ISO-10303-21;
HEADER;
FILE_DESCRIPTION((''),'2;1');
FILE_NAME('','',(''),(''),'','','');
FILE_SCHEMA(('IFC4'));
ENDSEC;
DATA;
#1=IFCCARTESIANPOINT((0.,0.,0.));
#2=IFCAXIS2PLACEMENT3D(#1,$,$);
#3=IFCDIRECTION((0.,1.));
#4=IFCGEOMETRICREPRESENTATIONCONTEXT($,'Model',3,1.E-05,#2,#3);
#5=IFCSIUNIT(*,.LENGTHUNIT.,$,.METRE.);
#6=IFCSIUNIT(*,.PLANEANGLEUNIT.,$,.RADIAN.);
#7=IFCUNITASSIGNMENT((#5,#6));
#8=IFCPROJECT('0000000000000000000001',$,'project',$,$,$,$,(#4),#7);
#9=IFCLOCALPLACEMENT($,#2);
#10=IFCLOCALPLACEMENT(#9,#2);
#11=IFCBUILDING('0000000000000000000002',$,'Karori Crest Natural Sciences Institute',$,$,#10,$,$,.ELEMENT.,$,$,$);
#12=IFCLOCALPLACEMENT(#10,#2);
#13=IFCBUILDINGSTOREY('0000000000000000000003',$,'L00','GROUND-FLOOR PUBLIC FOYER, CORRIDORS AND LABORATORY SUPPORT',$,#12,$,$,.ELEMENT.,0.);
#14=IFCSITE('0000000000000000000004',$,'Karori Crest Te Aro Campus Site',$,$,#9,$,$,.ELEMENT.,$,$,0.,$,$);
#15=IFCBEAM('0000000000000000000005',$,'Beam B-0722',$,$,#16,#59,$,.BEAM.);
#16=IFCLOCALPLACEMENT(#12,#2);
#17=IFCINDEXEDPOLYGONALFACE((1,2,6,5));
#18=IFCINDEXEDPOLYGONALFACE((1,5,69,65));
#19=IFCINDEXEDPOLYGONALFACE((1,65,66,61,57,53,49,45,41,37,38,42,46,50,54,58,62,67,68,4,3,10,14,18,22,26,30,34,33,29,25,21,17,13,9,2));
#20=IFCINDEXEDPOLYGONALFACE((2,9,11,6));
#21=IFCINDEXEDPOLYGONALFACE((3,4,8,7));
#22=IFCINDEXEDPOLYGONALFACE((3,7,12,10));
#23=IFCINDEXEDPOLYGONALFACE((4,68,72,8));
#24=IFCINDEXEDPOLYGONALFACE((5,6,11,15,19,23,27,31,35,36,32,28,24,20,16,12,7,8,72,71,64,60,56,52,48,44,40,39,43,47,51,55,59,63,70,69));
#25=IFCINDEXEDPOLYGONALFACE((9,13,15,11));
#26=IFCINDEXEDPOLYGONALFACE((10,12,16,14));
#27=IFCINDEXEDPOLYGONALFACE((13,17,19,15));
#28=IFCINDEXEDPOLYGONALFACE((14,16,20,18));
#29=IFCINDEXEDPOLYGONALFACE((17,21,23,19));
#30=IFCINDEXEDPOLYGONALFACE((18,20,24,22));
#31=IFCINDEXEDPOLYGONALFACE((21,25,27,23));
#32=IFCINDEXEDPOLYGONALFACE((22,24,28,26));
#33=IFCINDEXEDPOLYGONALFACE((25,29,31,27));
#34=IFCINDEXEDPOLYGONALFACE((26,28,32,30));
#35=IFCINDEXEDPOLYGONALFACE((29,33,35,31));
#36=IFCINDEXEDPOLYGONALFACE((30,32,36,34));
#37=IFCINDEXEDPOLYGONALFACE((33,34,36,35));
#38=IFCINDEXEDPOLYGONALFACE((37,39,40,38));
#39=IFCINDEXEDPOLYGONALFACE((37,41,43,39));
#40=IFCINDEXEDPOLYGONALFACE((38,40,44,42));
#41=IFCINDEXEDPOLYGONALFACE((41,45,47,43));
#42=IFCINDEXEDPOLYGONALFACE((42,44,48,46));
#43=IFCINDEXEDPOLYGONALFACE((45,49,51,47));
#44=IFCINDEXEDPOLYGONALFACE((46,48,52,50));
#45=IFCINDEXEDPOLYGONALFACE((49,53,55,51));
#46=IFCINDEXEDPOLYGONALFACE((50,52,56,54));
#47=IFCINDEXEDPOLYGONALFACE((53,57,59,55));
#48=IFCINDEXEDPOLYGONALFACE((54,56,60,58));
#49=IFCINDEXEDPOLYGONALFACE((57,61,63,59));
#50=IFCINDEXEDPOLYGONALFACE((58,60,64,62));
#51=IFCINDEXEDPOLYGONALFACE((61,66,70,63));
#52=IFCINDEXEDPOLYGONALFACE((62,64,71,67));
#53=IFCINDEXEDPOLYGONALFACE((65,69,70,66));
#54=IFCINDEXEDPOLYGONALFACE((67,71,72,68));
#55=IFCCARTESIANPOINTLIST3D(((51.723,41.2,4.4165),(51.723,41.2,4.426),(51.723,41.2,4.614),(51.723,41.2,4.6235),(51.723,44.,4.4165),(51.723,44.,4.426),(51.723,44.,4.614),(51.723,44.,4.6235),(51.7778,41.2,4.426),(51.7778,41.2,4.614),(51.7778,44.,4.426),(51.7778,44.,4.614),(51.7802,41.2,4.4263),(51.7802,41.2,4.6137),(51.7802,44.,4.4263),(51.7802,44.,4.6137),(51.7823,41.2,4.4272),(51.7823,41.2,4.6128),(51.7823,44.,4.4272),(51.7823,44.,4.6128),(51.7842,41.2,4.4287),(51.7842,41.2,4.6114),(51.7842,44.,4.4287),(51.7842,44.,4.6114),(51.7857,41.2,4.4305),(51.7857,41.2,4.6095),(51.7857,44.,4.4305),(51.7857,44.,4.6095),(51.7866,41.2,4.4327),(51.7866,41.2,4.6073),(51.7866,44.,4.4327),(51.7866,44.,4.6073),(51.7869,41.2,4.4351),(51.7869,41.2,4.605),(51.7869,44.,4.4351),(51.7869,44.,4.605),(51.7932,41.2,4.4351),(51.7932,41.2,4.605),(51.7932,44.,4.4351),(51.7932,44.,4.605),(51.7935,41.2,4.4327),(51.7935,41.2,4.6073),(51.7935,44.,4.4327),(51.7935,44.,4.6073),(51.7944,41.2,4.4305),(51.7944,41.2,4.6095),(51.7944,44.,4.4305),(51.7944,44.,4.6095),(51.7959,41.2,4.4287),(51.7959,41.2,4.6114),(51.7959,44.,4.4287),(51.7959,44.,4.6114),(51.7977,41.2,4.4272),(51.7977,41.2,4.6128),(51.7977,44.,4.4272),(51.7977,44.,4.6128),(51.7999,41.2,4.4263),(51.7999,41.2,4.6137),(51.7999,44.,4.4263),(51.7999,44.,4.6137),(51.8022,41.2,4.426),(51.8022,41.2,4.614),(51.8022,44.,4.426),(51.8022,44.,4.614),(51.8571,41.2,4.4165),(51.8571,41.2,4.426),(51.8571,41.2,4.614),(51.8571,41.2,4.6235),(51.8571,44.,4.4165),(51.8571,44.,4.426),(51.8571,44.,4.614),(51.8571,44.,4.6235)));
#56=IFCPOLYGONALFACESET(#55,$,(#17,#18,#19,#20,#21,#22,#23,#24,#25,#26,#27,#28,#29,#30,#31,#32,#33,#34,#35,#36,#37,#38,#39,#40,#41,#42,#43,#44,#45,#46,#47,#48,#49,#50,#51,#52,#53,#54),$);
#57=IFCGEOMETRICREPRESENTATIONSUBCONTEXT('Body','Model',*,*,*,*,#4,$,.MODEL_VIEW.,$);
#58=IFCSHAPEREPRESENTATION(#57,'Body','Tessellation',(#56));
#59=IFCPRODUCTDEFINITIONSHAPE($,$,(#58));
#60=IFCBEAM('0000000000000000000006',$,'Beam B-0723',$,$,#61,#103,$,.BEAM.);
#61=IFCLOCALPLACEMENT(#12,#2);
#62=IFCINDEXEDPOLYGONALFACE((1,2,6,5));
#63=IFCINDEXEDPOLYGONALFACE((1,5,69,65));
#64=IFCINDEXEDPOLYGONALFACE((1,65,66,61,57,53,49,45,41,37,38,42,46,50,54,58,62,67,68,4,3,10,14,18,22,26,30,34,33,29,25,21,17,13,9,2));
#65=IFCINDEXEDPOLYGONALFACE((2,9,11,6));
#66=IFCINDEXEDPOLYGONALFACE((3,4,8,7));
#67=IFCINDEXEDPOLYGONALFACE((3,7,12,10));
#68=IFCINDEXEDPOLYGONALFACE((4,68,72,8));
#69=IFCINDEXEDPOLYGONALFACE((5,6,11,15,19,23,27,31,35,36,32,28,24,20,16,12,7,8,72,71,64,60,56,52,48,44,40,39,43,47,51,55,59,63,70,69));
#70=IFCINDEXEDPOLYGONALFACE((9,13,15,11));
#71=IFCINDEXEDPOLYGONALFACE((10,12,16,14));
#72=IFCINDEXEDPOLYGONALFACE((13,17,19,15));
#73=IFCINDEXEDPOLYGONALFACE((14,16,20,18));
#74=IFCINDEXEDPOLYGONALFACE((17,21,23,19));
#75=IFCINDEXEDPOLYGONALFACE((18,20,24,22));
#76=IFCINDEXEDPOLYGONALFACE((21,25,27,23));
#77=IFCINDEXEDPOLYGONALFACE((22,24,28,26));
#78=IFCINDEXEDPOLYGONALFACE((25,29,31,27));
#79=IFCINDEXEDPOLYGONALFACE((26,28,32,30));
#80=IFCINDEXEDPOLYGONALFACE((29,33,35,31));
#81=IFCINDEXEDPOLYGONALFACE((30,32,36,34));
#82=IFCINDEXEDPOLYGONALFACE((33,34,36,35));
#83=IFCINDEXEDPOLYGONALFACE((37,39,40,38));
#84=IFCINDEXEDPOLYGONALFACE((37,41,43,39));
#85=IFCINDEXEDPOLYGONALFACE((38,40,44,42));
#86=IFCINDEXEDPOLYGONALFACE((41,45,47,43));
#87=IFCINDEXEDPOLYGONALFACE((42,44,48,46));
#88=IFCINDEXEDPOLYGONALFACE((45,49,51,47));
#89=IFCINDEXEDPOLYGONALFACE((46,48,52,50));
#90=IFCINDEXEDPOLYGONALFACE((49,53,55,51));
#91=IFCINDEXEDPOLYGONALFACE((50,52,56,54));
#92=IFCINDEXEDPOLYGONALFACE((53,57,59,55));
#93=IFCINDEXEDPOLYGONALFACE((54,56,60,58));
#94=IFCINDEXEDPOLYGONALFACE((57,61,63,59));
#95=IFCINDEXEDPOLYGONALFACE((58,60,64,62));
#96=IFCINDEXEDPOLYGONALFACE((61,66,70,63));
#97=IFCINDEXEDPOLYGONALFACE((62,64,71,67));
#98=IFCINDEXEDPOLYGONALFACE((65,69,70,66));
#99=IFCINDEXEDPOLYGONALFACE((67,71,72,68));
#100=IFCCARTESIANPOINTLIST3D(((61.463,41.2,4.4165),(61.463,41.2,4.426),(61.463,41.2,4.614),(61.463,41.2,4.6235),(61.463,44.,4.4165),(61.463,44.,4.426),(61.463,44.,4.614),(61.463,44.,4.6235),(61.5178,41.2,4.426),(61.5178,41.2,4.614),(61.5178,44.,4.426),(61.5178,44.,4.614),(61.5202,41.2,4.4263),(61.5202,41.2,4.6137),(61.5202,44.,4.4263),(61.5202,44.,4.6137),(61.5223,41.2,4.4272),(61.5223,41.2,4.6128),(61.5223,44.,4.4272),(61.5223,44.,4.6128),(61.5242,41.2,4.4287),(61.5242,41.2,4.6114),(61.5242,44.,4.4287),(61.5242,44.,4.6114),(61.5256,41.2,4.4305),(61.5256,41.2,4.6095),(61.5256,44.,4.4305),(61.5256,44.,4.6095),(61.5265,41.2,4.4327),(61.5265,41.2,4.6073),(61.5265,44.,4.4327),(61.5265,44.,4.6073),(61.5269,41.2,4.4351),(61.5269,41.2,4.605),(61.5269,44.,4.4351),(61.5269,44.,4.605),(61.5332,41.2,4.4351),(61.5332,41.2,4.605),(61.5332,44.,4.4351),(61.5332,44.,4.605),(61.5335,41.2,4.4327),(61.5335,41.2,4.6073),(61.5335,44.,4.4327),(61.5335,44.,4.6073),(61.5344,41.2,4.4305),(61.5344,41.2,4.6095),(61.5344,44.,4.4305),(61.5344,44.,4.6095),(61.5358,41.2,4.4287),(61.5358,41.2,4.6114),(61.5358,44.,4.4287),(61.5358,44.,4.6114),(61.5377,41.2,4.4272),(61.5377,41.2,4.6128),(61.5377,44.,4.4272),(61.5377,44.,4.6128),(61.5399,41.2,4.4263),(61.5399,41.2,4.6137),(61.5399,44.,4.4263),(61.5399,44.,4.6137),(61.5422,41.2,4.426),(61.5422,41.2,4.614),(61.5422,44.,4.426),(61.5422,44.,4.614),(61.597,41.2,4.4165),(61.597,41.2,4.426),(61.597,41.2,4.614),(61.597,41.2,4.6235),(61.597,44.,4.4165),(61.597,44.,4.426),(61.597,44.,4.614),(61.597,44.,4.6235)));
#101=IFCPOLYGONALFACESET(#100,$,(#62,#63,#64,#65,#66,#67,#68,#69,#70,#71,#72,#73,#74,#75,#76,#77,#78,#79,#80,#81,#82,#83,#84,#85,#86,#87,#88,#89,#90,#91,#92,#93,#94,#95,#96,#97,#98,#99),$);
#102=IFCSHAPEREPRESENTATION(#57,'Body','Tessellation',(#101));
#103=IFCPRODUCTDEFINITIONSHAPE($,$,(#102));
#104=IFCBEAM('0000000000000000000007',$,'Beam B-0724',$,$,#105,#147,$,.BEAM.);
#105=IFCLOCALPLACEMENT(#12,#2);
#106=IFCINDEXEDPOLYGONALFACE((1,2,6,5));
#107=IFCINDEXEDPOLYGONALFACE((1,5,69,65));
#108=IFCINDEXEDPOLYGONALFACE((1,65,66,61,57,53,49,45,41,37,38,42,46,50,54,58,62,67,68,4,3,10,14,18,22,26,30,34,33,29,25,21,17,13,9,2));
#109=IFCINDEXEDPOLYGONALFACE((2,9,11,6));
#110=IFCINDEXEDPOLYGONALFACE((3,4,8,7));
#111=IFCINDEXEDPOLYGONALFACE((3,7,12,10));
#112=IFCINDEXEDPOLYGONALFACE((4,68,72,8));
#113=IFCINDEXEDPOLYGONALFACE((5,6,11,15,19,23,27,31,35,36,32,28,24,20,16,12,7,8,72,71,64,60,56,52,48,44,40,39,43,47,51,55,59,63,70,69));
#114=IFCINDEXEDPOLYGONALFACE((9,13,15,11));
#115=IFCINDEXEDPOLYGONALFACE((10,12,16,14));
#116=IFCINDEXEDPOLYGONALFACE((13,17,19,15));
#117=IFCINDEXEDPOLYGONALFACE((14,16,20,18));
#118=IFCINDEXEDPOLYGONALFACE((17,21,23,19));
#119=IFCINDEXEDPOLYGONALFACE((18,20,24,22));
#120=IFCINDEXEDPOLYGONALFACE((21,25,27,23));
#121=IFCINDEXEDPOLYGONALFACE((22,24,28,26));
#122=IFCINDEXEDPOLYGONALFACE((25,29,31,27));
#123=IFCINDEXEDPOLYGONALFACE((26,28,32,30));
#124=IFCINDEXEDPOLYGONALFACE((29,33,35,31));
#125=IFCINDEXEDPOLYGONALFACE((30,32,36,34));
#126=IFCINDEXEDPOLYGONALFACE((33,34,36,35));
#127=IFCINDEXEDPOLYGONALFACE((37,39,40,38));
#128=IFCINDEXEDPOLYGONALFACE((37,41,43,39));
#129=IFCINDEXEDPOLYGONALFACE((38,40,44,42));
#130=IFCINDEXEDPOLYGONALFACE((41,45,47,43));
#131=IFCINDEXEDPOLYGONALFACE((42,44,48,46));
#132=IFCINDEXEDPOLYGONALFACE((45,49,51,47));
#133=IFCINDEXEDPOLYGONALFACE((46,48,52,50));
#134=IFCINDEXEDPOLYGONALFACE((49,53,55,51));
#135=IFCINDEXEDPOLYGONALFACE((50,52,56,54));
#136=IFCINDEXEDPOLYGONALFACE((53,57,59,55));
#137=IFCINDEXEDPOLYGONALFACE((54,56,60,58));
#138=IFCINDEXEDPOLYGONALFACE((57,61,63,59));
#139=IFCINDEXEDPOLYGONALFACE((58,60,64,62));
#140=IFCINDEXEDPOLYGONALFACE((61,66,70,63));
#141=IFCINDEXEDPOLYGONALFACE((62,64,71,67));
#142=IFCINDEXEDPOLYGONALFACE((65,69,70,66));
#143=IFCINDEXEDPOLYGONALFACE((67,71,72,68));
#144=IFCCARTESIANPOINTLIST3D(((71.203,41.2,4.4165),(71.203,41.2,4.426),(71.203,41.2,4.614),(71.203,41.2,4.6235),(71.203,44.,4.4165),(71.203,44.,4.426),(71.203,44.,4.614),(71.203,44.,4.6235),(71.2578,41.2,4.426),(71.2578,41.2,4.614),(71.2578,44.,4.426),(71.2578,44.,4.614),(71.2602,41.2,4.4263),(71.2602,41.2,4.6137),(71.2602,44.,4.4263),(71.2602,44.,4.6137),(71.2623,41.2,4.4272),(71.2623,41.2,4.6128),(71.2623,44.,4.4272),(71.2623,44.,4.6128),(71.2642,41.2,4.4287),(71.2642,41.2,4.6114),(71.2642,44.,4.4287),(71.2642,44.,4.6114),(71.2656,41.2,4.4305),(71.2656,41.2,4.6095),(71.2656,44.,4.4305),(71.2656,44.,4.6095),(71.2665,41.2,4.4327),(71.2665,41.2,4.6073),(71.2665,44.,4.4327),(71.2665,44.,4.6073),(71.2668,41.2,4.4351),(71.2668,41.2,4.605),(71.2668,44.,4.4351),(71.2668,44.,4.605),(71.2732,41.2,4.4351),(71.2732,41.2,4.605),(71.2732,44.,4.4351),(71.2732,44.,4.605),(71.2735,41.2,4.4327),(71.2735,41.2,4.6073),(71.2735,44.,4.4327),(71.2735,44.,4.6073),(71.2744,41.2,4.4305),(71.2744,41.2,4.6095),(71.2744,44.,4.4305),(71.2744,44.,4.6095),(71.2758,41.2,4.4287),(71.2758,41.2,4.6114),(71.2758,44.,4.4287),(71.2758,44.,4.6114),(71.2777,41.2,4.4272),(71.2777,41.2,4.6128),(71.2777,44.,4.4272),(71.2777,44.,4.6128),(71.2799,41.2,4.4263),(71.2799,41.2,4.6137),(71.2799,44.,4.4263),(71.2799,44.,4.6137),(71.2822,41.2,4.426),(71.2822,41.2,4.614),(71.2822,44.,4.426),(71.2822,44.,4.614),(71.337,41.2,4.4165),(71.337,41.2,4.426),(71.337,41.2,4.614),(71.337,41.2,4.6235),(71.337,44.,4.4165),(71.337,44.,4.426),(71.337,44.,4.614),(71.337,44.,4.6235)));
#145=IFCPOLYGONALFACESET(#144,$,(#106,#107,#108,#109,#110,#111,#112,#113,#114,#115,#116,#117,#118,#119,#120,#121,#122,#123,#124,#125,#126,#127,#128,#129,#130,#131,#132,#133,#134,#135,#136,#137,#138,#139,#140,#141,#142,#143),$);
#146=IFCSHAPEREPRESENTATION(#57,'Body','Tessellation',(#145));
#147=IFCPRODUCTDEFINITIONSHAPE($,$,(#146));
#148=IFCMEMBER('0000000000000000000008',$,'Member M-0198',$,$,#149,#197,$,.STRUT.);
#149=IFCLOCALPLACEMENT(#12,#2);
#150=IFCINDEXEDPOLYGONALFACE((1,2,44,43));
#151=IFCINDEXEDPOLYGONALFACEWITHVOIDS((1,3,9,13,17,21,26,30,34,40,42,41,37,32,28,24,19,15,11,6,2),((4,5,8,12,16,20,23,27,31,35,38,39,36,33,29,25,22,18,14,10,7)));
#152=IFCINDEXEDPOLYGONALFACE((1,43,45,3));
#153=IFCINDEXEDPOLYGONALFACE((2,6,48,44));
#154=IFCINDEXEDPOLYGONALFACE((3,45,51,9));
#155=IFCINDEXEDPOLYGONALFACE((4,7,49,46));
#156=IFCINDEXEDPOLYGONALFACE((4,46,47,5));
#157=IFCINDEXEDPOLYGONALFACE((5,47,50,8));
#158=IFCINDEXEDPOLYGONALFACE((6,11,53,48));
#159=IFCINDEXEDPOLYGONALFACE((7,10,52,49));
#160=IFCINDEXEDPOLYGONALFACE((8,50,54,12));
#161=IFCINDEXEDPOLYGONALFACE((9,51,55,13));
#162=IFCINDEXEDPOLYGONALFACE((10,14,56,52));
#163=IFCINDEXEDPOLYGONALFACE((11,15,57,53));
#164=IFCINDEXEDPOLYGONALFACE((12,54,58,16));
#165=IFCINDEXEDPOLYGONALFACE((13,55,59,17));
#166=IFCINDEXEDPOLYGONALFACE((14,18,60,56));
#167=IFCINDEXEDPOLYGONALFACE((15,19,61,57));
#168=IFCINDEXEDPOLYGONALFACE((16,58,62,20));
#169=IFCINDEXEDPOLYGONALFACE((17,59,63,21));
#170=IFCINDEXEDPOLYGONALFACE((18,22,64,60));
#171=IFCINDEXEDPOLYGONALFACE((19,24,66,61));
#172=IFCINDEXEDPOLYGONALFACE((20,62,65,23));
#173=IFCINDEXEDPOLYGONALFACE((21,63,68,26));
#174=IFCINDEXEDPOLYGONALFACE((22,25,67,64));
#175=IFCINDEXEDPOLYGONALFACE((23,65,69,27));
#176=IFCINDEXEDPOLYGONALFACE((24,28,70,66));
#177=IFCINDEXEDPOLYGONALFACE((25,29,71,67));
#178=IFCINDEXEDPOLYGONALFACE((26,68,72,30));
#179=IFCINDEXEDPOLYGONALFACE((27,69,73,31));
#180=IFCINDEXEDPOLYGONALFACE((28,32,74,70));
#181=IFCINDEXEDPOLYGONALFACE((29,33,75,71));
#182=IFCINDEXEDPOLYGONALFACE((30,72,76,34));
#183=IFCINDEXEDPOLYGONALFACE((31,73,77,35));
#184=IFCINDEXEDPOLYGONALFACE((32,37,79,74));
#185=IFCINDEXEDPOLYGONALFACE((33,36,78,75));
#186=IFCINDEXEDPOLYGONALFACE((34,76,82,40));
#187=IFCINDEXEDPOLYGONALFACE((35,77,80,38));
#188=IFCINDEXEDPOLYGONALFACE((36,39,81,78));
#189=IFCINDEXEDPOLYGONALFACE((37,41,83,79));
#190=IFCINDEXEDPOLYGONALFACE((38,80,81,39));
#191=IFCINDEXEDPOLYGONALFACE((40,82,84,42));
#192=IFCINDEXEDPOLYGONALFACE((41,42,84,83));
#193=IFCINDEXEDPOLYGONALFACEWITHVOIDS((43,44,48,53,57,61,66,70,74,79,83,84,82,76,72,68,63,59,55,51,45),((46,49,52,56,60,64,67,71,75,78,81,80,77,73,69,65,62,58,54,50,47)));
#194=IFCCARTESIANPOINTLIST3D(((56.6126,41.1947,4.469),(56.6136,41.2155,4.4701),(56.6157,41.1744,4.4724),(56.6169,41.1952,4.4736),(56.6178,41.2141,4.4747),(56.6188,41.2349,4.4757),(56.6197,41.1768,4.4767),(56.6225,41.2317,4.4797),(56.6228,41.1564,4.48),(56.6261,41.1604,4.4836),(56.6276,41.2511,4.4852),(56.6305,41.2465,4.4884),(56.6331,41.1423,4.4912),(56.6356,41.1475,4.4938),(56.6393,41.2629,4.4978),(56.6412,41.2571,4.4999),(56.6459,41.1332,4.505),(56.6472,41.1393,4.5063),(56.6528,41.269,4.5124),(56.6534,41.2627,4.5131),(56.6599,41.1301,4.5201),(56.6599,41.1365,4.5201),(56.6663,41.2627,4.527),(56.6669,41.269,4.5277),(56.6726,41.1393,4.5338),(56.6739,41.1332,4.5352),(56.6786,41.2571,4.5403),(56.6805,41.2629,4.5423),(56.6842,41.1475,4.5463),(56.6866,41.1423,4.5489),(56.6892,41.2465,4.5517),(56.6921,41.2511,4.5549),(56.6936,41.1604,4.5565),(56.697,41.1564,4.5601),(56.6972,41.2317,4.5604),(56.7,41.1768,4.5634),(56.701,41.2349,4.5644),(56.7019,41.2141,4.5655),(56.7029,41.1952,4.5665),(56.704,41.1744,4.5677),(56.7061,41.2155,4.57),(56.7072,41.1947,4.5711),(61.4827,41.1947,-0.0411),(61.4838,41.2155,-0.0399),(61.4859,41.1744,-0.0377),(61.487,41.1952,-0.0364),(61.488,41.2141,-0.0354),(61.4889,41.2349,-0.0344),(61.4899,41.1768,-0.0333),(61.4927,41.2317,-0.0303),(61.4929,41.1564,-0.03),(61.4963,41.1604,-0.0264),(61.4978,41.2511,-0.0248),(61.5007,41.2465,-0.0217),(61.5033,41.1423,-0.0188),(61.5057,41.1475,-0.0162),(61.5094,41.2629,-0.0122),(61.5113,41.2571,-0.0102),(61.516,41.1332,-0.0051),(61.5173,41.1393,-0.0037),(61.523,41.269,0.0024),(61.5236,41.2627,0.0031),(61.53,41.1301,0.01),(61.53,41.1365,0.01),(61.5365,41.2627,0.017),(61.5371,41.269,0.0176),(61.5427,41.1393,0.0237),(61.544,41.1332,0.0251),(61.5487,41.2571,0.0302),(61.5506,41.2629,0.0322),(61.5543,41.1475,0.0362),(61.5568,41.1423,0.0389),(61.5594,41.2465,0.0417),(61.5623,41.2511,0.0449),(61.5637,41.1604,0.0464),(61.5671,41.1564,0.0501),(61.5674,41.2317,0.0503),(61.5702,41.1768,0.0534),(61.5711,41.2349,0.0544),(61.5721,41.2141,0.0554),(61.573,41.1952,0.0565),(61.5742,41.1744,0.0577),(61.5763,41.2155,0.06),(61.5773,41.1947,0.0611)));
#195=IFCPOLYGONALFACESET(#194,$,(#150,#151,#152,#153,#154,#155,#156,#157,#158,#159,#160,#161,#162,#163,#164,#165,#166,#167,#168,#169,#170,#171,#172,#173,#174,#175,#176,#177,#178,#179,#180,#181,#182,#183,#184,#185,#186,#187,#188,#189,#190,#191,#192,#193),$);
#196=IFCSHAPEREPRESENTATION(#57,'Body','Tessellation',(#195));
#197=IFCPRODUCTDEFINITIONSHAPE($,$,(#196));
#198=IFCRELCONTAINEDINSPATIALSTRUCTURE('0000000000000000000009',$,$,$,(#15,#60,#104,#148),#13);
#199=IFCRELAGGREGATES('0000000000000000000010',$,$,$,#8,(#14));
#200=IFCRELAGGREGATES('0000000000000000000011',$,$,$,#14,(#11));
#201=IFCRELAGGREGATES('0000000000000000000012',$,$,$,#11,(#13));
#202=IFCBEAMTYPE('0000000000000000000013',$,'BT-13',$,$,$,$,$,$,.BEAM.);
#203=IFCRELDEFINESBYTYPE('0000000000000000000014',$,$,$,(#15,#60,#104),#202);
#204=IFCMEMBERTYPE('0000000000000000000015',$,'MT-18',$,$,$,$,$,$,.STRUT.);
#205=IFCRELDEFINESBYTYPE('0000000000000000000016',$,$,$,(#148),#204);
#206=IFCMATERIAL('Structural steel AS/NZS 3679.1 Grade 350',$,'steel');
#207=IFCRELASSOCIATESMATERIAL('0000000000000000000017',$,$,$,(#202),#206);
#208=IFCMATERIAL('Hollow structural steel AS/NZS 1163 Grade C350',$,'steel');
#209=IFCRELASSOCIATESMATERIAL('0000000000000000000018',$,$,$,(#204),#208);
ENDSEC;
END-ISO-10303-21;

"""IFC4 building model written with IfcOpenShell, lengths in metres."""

from ifc_helpers import new_model, si_unit, direction, frame, origin, origin_2d, place, context, subcontext, project, spatial, hollow_circle, i_section, extrude, material, material_profile, profile_set, type_object, element, save


model = new_model("IFC4")

# Units and contexts
model_context = context("Model", 3, precision=1e-05, world=origin(), true_north=direction((0.0, 1.0)))
body_context = subcontext(model_context, "Body", "Model", "MODEL_VIEW")
ifc_project = project(units=[si_unit("LENGTHUNIT", "METRE"), si_unit("PLANEANGLEUNIT", "RADIAN")], contexts=[model_context])

# Site, building, storey
site_placement = place(None, origin())
site = spatial("IfcSite", under=ifc_project, at=site_placement, Name="Karori Crest Te Aro Campus Site", CompositionType="ELEMENT", RefElevation=0.0)
building_placement = place(site_placement, origin())
building = spatial("IfcBuilding", under=site, at=building_placement, Name="Karori Crest Natural Sciences Institute", CompositionType="ELEMENT")
storey_placement = place(building_placement, origin())
storey = spatial("IfcBuildingStorey", under=building, at=storey_placement, Name="L00", Description="GROUND-FLOOR PUBLIC FOYER, CORRIDORS AND LABORATORY SUPPORT", CompositionType="ELEMENT", Elevation=0.0)

# Shared definitions
ifc_material_1 = material(Name="Hollow structural steel AS/NZS 1163 Grade C350", Category="steel")

# Beams
ifc_material_2 = material(Name="Structural steel AS/NZS 3679.1 Grade 350", Category="steel")
ifc_material_profile_1 = material_profile(ifc_material_2, i_section(OverallWidth=0.134, OverallDepth=0.207, WebThickness=0.0063, FlangeThickness=0.0095, FilletRadius=0.009, at=origin_2d()), Name="200UB29.8")
ifc_profile_set_1 = profile_set([ifc_material_profile_1], Name="Structural steel AS/NZS 3679.1 Grade 350")
beam_type_1 = type_object("IfcBeamType", Name="BT-13", PredefinedType="BEAM", material=ifc_profile_set_1)
for number, where, z_axis, x_axis, name in (
    (1, (51.79, 41.2, 4.52), (0.0, 1.0, 0.0), (-1.0, 0.0, 0.0), "Beam B-0722"),
    (2, (61.53, 41.2, 4.52), (0.0, 1.0, 0.0), (-1.0, 0.0, 0.0), "Beam B-0723"),
    (3, (71.27, 41.2, 4.52), (0.0, 1.0, 0.0), (-1.0, 0.0, 0.0), "Beam B-0724"),
):
    element("IfcBeam", number, at=place(storey_placement, frame(where, z_axis=z_axis, x_axis=x_axis)), inside=storey, type_object=beam_type_1, Name=name, PredefinedType="BEAM", context=body_context, shape_type="SweptSolid", body=[
        extrude(i_section(OverallWidth=0.134, OverallDepth=0.207, WebThickness=0.0063, FlangeThickness=0.0095, FilletRadius=0.009, at=origin_2d()), origin(), (0.0, 0.0, 1.0), 2.8),
    ])

# Member
ifc_material_profile_2 = material_profile(ifc_material_1, hollow_circle(Radius=0.0698, WallThickness=0.0063, at=origin_2d()), Name="CHS139.7x6.4")
ifc_profile_set_2 = profile_set([ifc_material_profile_2], Name="Hollow structural steel AS/NZS 1163 Grade C350")
member_type = type_object("IfcMemberType", Name="MT-18", PredefinedType="STRUT", material=ifc_profile_set_2)
member_1_placement = place(storey_placement, frame((61.53, 41.2, 0.01), z_axis=(-0.733712, 0.0, 0.67946), x_axis=(0.0, -1.0, 0.0)))
element("IfcMember", 4, at=member_1_placement, inside=storey, type_object=member_type, Name="Member M-0198", PredefinedType="STRUT", context=body_context, shape_type="SweptSolid", body=[
    extrude(hollow_circle(Radius=0.0698, WallThickness=0.0063, at=origin_2d()), origin(), (0.0, 0.0, 1.0), 6.6377),
])

save(model, "model.ifc")
